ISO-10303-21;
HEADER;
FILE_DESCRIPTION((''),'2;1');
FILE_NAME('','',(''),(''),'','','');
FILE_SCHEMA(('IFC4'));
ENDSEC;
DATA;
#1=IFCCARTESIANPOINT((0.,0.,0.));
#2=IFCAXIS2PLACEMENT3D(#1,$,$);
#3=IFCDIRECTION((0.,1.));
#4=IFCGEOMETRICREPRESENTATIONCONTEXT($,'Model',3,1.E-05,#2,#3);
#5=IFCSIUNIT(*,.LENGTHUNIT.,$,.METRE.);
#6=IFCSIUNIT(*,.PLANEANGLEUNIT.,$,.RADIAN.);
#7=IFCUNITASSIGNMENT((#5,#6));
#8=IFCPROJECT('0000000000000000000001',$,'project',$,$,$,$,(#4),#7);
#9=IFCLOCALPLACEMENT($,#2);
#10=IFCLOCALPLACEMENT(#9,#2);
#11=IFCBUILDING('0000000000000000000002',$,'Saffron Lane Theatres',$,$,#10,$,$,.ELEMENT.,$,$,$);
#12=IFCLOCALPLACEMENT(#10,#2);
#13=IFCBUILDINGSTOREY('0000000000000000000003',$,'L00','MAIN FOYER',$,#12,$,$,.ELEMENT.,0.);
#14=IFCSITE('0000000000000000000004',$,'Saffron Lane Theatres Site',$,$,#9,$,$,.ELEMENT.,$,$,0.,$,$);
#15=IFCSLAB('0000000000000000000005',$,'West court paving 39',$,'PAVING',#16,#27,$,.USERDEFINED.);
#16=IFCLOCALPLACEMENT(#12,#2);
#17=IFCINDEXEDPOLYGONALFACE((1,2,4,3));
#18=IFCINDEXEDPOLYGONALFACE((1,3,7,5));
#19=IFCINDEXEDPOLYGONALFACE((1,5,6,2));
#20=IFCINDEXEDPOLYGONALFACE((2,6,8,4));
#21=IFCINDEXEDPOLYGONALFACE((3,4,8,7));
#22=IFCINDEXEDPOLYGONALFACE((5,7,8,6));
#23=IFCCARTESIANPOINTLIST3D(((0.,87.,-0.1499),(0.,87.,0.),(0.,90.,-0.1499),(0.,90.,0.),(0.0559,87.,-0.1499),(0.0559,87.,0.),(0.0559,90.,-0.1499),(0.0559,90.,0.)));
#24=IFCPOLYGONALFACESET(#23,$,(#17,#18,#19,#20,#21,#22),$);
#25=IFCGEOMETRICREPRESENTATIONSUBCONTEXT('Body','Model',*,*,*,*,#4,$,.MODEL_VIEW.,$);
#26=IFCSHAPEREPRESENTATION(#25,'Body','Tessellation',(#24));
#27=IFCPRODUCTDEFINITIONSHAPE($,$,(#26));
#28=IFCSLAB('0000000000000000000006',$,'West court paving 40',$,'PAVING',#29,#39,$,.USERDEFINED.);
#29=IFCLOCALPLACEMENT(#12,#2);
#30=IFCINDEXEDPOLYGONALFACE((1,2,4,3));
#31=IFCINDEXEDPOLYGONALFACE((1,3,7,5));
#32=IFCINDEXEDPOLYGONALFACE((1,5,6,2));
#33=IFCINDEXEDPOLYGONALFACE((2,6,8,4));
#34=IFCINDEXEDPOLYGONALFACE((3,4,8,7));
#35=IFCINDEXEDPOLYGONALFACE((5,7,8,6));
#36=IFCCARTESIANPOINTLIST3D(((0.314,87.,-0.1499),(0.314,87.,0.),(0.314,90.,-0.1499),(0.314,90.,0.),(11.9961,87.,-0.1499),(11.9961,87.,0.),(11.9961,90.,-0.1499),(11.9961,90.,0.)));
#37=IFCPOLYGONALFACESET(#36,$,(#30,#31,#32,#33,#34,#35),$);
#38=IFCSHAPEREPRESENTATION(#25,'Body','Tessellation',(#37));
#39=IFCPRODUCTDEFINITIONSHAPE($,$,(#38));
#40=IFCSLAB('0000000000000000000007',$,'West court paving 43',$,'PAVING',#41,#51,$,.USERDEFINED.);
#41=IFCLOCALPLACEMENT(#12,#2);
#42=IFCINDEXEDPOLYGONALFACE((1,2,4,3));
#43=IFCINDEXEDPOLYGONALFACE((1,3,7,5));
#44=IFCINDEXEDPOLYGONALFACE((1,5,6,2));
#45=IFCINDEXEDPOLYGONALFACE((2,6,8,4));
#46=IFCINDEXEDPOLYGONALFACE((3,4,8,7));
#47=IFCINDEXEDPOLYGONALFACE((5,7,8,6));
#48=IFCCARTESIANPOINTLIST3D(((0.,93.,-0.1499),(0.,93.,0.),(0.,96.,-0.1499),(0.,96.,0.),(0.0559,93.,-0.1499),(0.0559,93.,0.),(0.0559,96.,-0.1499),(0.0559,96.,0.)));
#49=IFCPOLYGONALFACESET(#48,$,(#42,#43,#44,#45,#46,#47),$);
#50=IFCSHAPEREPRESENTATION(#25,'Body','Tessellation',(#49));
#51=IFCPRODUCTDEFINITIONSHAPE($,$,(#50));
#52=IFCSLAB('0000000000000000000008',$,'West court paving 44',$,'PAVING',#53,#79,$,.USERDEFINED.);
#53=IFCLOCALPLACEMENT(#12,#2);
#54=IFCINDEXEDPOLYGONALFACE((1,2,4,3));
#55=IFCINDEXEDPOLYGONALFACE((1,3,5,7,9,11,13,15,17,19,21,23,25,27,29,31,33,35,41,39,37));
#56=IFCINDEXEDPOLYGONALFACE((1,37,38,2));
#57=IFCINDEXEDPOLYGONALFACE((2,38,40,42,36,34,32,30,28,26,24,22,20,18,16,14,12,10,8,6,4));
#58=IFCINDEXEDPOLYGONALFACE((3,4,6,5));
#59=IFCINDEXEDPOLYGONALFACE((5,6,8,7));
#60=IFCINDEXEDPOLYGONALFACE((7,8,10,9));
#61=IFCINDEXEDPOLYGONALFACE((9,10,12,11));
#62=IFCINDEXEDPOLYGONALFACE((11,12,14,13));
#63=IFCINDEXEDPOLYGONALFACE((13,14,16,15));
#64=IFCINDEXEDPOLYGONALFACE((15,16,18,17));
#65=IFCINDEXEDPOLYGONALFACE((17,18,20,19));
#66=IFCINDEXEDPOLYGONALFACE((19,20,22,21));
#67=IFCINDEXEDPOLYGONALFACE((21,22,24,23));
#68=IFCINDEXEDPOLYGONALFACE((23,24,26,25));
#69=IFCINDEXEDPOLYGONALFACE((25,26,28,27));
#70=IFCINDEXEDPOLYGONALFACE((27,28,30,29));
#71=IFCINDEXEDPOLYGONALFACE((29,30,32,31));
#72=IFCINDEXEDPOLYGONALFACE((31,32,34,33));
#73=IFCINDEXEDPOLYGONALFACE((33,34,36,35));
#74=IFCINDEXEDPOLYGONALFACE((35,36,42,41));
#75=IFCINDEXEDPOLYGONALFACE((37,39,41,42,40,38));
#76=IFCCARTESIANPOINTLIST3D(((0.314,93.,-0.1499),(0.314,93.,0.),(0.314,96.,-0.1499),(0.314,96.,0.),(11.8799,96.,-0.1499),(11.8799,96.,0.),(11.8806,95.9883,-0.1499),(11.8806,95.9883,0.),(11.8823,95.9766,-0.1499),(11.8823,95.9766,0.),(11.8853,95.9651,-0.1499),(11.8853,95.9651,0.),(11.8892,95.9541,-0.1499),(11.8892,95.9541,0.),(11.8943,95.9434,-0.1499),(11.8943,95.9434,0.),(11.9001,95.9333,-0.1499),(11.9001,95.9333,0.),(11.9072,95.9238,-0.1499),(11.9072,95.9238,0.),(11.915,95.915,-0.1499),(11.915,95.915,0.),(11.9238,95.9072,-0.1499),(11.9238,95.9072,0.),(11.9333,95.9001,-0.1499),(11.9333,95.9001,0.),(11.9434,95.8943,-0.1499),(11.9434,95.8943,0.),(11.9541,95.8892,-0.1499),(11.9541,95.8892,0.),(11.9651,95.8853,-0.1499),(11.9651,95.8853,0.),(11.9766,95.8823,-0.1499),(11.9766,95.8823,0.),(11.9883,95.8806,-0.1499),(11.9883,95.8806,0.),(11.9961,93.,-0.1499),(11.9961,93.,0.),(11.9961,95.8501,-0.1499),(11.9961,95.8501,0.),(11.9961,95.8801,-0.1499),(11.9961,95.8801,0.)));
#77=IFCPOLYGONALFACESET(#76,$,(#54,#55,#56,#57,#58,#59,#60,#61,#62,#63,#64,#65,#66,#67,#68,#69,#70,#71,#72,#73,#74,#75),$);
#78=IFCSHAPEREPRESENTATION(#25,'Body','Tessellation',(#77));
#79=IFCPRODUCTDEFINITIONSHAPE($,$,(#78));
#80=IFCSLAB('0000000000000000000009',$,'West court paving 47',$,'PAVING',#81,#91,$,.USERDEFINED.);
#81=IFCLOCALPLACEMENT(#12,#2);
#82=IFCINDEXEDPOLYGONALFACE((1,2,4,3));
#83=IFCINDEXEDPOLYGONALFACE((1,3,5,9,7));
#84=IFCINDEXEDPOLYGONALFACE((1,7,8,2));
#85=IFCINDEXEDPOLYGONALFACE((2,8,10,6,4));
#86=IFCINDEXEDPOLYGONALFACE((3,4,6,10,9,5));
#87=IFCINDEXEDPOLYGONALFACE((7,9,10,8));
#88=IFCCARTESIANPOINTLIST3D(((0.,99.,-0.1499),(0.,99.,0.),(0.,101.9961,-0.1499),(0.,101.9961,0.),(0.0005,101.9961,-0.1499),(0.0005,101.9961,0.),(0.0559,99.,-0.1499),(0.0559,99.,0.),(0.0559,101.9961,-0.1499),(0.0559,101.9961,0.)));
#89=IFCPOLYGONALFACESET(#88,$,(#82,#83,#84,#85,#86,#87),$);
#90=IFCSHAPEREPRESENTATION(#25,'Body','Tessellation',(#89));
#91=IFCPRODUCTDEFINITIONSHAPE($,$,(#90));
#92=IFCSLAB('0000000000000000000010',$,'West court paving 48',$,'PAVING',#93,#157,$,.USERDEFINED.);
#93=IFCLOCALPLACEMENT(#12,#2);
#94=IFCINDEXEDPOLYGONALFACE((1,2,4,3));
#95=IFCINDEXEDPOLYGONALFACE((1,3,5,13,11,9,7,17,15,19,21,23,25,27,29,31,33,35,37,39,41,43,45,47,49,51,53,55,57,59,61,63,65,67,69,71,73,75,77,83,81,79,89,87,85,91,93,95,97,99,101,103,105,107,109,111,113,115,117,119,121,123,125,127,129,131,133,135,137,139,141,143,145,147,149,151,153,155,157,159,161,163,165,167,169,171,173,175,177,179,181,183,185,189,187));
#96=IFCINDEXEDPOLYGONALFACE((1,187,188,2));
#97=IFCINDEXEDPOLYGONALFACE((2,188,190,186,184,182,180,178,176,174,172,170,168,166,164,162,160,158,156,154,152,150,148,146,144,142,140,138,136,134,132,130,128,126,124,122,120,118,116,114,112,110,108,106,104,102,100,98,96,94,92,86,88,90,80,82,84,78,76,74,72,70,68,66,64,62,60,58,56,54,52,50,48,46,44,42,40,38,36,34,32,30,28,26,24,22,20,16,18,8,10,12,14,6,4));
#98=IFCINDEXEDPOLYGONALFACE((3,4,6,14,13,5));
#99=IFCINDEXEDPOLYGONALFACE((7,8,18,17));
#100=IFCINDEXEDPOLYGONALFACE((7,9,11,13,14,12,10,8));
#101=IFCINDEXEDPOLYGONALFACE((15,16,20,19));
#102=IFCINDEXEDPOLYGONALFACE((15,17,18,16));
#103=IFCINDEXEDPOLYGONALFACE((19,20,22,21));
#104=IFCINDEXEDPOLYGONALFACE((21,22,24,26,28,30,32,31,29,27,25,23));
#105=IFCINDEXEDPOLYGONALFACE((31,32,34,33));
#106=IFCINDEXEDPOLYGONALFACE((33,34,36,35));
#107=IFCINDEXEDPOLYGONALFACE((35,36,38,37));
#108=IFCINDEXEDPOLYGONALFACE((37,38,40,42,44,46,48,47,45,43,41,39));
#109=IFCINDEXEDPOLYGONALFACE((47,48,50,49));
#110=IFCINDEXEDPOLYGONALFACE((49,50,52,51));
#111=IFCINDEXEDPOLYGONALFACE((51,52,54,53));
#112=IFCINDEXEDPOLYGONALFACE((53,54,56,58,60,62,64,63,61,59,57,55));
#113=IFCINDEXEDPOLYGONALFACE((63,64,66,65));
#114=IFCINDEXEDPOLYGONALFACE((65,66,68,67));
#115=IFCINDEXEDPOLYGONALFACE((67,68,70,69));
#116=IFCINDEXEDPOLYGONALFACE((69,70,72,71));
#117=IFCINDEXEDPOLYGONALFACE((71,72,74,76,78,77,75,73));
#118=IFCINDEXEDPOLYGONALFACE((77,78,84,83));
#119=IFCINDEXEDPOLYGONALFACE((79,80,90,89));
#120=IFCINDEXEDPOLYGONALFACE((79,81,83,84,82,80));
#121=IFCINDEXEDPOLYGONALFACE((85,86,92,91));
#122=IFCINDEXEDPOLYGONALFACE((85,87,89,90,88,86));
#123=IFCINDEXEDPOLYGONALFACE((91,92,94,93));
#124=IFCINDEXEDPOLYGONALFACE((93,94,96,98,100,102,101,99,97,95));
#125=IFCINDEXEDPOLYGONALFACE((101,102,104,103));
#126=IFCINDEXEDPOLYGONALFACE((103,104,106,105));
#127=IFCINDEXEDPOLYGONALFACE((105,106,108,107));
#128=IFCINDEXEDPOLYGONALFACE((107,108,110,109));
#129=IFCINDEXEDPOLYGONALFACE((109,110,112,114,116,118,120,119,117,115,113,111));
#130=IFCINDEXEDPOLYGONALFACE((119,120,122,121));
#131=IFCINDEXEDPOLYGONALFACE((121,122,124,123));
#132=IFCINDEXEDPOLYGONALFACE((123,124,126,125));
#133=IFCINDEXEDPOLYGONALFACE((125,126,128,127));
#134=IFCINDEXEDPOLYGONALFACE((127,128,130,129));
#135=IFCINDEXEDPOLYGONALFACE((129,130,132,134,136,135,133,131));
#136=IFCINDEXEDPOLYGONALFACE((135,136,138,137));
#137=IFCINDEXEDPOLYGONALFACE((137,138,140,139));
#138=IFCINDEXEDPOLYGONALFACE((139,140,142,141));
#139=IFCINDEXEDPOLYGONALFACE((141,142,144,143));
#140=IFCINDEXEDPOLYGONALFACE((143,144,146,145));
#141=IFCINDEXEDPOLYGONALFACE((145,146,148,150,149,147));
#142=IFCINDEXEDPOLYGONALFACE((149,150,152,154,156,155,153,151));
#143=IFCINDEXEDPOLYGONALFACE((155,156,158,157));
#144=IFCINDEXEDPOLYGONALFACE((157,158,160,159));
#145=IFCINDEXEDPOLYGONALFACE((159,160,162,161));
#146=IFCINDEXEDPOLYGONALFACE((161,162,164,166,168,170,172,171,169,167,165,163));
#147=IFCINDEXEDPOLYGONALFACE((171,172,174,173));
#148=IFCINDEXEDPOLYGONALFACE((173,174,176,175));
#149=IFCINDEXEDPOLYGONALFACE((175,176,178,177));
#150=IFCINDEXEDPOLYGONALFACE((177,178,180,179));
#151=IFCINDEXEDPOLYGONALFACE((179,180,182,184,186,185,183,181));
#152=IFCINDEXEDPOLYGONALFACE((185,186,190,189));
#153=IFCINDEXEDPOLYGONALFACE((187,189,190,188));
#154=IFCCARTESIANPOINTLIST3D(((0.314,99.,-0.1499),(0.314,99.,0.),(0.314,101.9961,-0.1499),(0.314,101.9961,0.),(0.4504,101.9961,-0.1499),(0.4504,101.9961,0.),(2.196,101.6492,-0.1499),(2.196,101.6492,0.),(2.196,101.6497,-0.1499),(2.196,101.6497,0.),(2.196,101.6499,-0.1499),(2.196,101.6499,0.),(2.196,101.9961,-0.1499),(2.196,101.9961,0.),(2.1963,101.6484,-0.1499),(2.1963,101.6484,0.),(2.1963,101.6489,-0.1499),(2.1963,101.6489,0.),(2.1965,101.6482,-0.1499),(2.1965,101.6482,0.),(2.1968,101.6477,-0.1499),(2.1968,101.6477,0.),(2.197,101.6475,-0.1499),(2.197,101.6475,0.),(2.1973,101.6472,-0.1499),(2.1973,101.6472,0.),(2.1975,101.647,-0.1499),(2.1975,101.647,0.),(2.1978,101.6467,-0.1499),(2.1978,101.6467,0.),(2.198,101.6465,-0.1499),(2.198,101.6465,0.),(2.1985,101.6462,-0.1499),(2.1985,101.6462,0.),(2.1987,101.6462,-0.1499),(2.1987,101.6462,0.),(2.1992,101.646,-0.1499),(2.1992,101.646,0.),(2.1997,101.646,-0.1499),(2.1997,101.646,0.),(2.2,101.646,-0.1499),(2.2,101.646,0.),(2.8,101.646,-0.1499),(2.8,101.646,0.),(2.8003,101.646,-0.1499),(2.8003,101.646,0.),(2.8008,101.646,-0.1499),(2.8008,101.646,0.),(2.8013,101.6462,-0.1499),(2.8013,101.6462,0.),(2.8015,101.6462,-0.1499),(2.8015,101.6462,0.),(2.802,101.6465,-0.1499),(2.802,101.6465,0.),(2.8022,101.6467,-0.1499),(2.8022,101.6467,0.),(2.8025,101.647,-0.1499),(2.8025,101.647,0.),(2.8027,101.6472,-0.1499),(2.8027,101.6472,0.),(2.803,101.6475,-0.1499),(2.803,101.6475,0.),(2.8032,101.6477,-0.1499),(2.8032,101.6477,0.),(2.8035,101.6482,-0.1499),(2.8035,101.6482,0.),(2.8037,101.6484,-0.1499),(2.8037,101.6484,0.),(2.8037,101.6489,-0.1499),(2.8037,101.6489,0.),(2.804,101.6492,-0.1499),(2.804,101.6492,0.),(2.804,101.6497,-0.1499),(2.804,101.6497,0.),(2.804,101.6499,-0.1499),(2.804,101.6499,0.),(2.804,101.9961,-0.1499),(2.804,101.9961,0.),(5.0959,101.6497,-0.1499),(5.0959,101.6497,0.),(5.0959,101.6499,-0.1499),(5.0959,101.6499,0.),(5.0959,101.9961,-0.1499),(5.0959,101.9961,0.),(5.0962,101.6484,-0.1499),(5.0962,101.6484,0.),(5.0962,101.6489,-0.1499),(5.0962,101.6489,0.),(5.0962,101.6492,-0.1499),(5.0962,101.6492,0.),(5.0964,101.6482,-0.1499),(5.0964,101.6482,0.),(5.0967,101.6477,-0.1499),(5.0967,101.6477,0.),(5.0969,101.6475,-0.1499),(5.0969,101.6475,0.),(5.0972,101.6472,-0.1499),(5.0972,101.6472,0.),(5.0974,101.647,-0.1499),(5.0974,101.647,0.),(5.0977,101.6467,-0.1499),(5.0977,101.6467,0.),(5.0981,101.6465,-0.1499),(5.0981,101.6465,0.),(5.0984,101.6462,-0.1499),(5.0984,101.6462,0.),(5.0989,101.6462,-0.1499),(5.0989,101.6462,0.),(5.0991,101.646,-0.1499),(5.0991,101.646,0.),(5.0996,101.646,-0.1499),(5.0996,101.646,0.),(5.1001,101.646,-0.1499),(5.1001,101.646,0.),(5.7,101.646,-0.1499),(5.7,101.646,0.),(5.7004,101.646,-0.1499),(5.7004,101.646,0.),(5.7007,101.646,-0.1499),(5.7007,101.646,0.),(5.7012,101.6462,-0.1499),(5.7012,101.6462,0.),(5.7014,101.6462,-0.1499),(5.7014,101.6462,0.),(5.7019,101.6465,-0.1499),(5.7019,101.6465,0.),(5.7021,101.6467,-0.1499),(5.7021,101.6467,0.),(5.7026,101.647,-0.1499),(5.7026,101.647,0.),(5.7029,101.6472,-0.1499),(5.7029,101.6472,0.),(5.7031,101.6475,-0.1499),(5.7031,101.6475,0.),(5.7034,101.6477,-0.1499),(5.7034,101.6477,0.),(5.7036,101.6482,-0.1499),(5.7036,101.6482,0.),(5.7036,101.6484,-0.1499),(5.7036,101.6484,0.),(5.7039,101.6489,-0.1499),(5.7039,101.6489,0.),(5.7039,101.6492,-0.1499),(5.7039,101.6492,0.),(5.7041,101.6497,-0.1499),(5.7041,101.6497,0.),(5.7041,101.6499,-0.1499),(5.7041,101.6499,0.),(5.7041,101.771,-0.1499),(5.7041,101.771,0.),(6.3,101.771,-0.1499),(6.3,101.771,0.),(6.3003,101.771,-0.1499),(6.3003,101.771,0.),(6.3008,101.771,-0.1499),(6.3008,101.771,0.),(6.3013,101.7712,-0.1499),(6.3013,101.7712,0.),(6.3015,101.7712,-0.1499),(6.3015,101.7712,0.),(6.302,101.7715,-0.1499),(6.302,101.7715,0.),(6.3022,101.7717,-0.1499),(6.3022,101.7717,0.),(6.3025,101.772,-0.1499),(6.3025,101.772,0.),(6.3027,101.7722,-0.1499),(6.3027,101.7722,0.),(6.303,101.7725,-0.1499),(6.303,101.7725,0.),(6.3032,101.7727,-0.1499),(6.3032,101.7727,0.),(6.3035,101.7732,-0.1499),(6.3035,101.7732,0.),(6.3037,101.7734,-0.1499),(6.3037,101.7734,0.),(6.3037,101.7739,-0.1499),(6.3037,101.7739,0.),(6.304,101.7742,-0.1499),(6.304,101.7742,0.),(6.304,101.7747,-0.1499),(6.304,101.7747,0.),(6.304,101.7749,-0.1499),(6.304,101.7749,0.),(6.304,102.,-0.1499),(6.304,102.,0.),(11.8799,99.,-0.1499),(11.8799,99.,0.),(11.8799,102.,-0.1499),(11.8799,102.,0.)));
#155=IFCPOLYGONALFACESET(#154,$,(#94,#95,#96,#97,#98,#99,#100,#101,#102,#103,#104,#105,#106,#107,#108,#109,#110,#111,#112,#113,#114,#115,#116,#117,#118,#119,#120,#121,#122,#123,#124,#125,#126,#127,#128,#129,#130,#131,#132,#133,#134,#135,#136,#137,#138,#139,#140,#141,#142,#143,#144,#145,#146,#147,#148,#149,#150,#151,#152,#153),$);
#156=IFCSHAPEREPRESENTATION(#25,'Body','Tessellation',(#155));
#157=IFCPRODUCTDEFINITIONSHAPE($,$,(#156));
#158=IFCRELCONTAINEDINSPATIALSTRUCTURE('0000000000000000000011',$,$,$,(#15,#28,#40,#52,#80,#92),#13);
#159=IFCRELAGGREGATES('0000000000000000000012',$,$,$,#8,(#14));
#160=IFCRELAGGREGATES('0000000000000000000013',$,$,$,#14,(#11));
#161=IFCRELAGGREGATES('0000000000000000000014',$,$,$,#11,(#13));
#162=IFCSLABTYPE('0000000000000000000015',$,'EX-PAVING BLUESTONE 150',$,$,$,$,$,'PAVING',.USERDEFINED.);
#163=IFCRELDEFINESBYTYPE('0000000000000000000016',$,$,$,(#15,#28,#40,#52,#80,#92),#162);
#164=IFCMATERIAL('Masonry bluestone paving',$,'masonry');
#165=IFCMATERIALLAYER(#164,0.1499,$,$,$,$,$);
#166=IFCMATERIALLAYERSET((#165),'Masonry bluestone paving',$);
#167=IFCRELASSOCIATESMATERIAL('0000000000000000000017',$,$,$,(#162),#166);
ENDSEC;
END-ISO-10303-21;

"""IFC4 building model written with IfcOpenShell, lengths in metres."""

from ifc_helpers import new_model, si_unit, direction, frame, origin, place, context, subcontext, project, spatial, polyline, outline, extrude, material, layer, layer_set, type_object, element, save


model = new_model("IFC4")

# Units and contexts
model_context = context("Model", 3, precision=1e-05, world=origin(), true_north=direction((0.0, 1.0)))
body_context = subcontext(model_context, "Body", "Model", "MODEL_VIEW")
ifc_project = project(units=[si_unit("LENGTHUNIT", "METRE"), si_unit("PLANEANGLEUNIT", "RADIAN")], contexts=[model_context])

# Site, building, storey
site_placement = place(None, origin())
site = spatial("IfcSite", under=ifc_project, at=site_placement, Name="Saffron Lane Theatres Site", CompositionType="ELEMENT", RefElevation=0.0)
building_placement = place(site_placement, origin())
building = spatial("IfcBuilding", under=site, at=building_placement, Name="Saffron Lane Theatres", CompositionType="ELEMENT")
storey_placement = place(building_placement, origin())
storey = spatial("IfcBuildingStorey", under=building, at=storey_placement, Name="L00", Description="MAIN FOYER", CompositionType="ELEMENT", Elevation=0.0)

# Slabs
ifc_material_1 = material(Name="Masonry bluestone paving", Category="masonry")
ifc_layer_1 = layer(ifc_material_1, 0.1499)
ifc_layer_set_1 = layer_set([ifc_layer_1], Name="Masonry bluestone paving")
slab_type_1 = type_object("IfcSlabType", Name="EX-PAVING BLUESTONE 150", ElementType="PAVING", PredefinedType="USERDEFINED", material=ifc_layer_set_1)
slab_1_placement = place(storey_placement, frame((0.0, 0.0, -0.1499)))
element("IfcSlab", 1, at=slab_1_placement, inside=storey, type_object=slab_type_1, Name="West court paving 39", ObjectType="PAVING", PredefinedType="USERDEFINED", context=body_context, shape_type="SweptSolid", body=[
    extrude(outline(polyline([(0.0559, 87.0), (0.0559, 90.0), (0.0, 90.0), (0.0, 87.0), (0.0559, 87.0)])), origin(), (0.0, 0.0, 1.0), 0.1499),
])
slab_2_placement = place(storey_placement, frame((0.0, 0.0, -0.1499)))
element("IfcSlab", 2, at=slab_2_placement, inside=storey, type_object=slab_type_1, Name="West court paving 40", ObjectType="PAVING", PredefinedType="USERDEFINED", context=body_context, shape_type="SweptSolid", body=[
    extrude(outline(polyline([(11.9961, 87.0), (11.9961, 90.0), (0.314, 90.0), (0.314, 87.0), (11.9961, 87.0)])), origin(), (0.0, 0.0, 1.0), 0.1499),
])
slab_3_placement = place(storey_placement, frame((0.0, 0.0, -0.1499)))
element("IfcSlab", 3, at=slab_3_placement, inside=storey, type_object=slab_type_1, Name="West court paving 43", ObjectType="PAVING", PredefinedType="USERDEFINED", context=body_context, shape_type="SweptSolid", body=[
    extrude(outline(polyline([(0.0559, 93.0), (0.0559, 96.0), (0.0, 96.0), (0.0, 93.0), (0.0559, 93.0)])), origin(), (0.0, 0.0, 1.0), 0.1499),
])
slab_4_placement = place(storey_placement, frame((0.0, 0.0, -0.1499)))
element("IfcSlab", 4, at=slab_4_placement, inside=storey, type_object=slab_type_1, Name="West court paving 44", ObjectType="PAVING", PredefinedType="USERDEFINED", context=body_context, shape_type="SweptSolid", body=[
    extrude(outline(polyline([(11.8823, 95.9766), (11.8806, 95.9883), (11.8799, 96.0), (0.314, 96.0), (0.314, 93.0), (11.9961, 93.0), (11.9961, 95.8501), (11.9961, 95.8801), (11.9883, 95.8806), (11.9766, 95.8823), (11.9651, 95.8853), (11.9541, 95.8892), (11.9434, 95.8943), (11.9333, 95.9001), (11.9238, 95.9072), (11.915, 95.915), (11.9072, 95.9238), (11.9001, 95.9333), (11.8943, 95.9434), (11.8892, 95.9541), (11.8853, 95.9651), (11.8823, 95.9766)])), origin(), (0.0, 0.0, 1.0), 0.1499),
])
slab_5_placement = place(storey_placement, frame((0.0, 0.0, -0.1499)))
element("IfcSlab", 5, at=slab_5_placement, inside=storey, type_object=slab_type_1, Name="West court paving 47", ObjectType="PAVING", PredefinedType="USERDEFINED", context=body_context, shape_type="SweptSolid", body=[
    extrude(outline(polyline([(0.0559, 101.9961), (0.0005, 101.9961), (0.0, 101.9961), (0.0, 101.9961), (0.0, 99.0), (0.0559, 99.0), (0.0559, 101.9961)])), origin(), (0.0, 0.0, 1.0), 0.1499),
])
slab_6_placement = place(storey_placement, frame((0.0, 0.0, -0.1499)))
element("IfcSlab", 6, at=slab_6_placement, inside=storey, type_object=slab_type_1, Name="West court paving 48", ObjectType="PAVING", PredefinedType="USERDEFINED", context=body_context, shape_type="SweptSolid", body=[
    extrude(outline(polyline([(0.314, 101.9961), (0.314, 99.0), (11.8799, 99.0), (11.8799, 102.0), (6.304, 102.0), (6.304, 101.7749), (6.304, 101.7747), (6.304, 101.7742), (6.3037, 101.7739), (6.3037, 101.7734), (6.3035, 101.7732), (6.3032, 101.7727), (6.303, 101.7725), (6.3027, 101.7722), (6.3025, 101.772), (6.3022, 101.7717), (6.302, 101.7715), (6.3015, 101.7712), (6.3013, 101.7712), (6.3008, 101.771), (6.3003, 101.771), (6.3, 101.771), (5.7041, 101.771), (5.7041, 101.6499), (5.7041, 101.6497), (5.7039, 101.6492), (5.7039, 101.6489), (5.7036, 101.6484), (5.7036, 101.6482), (5.7034, 101.6477), (5.7031, 101.6475), (5.7029, 101.6472), (5.7026, 101.647), (5.7021, 101.6467), (5.7019, 101.6465), (5.7014, 101.6462), (5.7012, 101.6462), (5.7007, 101.646), (5.7004, 101.646), (5.7, 101.646), (5.1001, 101.646), (5.0996, 101.646), (5.0991, 101.646), (5.0989, 101.6462), (5.0984, 101.6462), (5.0981, 101.6465), (5.0977, 101.6467), (5.0974, 101.647), (5.0972, 101.6472), (5.0969, 101.6475), (5.0967, 101.6477), (5.0964, 101.6482), (5.0962, 101.6484), (5.0962, 101.6489), (5.0962, 101.6492), (5.0959, 101.6497), (5.0959, 101.6499), (5.0959, 101.9961), (2.804, 101.9961), (2.804, 101.6499), (2.804, 101.6497), (2.804, 101.6492), (2.8037, 101.6489), (2.8037, 101.6484), (2.8035, 101.6482), (2.8032, 101.6477), (2.803, 101.6475), (2.8027, 101.6472), (2.8025, 101.647), (2.8022, 101.6467), (2.802, 101.6465), (2.8015, 101.6462), (2.8013, 101.6462), (2.8008, 101.646), (2.8003, 101.646), (2.8, 101.646), (2.2, 101.646), (2.1997, 101.646), (2.1992, 101.646), (2.1987, 101.6462), (2.1985, 101.6462), (2.198, 101.6465), (2.1978, 101.6467), (2.1975, 101.647), (2.1973, 101.6472), (2.197, 101.6475), (2.1968, 101.6477), (2.1965, 101.6482), (2.1963, 101.6484), (2.1963, 101.6489), (2.196, 101.6492), (2.196, 101.6497), (2.196, 101.6499), (2.196, 101.9961), (0.4504, 101.9961), (0.314, 101.9961)])), origin(), (0.0, 0.0, 1.0), 0.1499),
])

save(model, "model.ifc")
